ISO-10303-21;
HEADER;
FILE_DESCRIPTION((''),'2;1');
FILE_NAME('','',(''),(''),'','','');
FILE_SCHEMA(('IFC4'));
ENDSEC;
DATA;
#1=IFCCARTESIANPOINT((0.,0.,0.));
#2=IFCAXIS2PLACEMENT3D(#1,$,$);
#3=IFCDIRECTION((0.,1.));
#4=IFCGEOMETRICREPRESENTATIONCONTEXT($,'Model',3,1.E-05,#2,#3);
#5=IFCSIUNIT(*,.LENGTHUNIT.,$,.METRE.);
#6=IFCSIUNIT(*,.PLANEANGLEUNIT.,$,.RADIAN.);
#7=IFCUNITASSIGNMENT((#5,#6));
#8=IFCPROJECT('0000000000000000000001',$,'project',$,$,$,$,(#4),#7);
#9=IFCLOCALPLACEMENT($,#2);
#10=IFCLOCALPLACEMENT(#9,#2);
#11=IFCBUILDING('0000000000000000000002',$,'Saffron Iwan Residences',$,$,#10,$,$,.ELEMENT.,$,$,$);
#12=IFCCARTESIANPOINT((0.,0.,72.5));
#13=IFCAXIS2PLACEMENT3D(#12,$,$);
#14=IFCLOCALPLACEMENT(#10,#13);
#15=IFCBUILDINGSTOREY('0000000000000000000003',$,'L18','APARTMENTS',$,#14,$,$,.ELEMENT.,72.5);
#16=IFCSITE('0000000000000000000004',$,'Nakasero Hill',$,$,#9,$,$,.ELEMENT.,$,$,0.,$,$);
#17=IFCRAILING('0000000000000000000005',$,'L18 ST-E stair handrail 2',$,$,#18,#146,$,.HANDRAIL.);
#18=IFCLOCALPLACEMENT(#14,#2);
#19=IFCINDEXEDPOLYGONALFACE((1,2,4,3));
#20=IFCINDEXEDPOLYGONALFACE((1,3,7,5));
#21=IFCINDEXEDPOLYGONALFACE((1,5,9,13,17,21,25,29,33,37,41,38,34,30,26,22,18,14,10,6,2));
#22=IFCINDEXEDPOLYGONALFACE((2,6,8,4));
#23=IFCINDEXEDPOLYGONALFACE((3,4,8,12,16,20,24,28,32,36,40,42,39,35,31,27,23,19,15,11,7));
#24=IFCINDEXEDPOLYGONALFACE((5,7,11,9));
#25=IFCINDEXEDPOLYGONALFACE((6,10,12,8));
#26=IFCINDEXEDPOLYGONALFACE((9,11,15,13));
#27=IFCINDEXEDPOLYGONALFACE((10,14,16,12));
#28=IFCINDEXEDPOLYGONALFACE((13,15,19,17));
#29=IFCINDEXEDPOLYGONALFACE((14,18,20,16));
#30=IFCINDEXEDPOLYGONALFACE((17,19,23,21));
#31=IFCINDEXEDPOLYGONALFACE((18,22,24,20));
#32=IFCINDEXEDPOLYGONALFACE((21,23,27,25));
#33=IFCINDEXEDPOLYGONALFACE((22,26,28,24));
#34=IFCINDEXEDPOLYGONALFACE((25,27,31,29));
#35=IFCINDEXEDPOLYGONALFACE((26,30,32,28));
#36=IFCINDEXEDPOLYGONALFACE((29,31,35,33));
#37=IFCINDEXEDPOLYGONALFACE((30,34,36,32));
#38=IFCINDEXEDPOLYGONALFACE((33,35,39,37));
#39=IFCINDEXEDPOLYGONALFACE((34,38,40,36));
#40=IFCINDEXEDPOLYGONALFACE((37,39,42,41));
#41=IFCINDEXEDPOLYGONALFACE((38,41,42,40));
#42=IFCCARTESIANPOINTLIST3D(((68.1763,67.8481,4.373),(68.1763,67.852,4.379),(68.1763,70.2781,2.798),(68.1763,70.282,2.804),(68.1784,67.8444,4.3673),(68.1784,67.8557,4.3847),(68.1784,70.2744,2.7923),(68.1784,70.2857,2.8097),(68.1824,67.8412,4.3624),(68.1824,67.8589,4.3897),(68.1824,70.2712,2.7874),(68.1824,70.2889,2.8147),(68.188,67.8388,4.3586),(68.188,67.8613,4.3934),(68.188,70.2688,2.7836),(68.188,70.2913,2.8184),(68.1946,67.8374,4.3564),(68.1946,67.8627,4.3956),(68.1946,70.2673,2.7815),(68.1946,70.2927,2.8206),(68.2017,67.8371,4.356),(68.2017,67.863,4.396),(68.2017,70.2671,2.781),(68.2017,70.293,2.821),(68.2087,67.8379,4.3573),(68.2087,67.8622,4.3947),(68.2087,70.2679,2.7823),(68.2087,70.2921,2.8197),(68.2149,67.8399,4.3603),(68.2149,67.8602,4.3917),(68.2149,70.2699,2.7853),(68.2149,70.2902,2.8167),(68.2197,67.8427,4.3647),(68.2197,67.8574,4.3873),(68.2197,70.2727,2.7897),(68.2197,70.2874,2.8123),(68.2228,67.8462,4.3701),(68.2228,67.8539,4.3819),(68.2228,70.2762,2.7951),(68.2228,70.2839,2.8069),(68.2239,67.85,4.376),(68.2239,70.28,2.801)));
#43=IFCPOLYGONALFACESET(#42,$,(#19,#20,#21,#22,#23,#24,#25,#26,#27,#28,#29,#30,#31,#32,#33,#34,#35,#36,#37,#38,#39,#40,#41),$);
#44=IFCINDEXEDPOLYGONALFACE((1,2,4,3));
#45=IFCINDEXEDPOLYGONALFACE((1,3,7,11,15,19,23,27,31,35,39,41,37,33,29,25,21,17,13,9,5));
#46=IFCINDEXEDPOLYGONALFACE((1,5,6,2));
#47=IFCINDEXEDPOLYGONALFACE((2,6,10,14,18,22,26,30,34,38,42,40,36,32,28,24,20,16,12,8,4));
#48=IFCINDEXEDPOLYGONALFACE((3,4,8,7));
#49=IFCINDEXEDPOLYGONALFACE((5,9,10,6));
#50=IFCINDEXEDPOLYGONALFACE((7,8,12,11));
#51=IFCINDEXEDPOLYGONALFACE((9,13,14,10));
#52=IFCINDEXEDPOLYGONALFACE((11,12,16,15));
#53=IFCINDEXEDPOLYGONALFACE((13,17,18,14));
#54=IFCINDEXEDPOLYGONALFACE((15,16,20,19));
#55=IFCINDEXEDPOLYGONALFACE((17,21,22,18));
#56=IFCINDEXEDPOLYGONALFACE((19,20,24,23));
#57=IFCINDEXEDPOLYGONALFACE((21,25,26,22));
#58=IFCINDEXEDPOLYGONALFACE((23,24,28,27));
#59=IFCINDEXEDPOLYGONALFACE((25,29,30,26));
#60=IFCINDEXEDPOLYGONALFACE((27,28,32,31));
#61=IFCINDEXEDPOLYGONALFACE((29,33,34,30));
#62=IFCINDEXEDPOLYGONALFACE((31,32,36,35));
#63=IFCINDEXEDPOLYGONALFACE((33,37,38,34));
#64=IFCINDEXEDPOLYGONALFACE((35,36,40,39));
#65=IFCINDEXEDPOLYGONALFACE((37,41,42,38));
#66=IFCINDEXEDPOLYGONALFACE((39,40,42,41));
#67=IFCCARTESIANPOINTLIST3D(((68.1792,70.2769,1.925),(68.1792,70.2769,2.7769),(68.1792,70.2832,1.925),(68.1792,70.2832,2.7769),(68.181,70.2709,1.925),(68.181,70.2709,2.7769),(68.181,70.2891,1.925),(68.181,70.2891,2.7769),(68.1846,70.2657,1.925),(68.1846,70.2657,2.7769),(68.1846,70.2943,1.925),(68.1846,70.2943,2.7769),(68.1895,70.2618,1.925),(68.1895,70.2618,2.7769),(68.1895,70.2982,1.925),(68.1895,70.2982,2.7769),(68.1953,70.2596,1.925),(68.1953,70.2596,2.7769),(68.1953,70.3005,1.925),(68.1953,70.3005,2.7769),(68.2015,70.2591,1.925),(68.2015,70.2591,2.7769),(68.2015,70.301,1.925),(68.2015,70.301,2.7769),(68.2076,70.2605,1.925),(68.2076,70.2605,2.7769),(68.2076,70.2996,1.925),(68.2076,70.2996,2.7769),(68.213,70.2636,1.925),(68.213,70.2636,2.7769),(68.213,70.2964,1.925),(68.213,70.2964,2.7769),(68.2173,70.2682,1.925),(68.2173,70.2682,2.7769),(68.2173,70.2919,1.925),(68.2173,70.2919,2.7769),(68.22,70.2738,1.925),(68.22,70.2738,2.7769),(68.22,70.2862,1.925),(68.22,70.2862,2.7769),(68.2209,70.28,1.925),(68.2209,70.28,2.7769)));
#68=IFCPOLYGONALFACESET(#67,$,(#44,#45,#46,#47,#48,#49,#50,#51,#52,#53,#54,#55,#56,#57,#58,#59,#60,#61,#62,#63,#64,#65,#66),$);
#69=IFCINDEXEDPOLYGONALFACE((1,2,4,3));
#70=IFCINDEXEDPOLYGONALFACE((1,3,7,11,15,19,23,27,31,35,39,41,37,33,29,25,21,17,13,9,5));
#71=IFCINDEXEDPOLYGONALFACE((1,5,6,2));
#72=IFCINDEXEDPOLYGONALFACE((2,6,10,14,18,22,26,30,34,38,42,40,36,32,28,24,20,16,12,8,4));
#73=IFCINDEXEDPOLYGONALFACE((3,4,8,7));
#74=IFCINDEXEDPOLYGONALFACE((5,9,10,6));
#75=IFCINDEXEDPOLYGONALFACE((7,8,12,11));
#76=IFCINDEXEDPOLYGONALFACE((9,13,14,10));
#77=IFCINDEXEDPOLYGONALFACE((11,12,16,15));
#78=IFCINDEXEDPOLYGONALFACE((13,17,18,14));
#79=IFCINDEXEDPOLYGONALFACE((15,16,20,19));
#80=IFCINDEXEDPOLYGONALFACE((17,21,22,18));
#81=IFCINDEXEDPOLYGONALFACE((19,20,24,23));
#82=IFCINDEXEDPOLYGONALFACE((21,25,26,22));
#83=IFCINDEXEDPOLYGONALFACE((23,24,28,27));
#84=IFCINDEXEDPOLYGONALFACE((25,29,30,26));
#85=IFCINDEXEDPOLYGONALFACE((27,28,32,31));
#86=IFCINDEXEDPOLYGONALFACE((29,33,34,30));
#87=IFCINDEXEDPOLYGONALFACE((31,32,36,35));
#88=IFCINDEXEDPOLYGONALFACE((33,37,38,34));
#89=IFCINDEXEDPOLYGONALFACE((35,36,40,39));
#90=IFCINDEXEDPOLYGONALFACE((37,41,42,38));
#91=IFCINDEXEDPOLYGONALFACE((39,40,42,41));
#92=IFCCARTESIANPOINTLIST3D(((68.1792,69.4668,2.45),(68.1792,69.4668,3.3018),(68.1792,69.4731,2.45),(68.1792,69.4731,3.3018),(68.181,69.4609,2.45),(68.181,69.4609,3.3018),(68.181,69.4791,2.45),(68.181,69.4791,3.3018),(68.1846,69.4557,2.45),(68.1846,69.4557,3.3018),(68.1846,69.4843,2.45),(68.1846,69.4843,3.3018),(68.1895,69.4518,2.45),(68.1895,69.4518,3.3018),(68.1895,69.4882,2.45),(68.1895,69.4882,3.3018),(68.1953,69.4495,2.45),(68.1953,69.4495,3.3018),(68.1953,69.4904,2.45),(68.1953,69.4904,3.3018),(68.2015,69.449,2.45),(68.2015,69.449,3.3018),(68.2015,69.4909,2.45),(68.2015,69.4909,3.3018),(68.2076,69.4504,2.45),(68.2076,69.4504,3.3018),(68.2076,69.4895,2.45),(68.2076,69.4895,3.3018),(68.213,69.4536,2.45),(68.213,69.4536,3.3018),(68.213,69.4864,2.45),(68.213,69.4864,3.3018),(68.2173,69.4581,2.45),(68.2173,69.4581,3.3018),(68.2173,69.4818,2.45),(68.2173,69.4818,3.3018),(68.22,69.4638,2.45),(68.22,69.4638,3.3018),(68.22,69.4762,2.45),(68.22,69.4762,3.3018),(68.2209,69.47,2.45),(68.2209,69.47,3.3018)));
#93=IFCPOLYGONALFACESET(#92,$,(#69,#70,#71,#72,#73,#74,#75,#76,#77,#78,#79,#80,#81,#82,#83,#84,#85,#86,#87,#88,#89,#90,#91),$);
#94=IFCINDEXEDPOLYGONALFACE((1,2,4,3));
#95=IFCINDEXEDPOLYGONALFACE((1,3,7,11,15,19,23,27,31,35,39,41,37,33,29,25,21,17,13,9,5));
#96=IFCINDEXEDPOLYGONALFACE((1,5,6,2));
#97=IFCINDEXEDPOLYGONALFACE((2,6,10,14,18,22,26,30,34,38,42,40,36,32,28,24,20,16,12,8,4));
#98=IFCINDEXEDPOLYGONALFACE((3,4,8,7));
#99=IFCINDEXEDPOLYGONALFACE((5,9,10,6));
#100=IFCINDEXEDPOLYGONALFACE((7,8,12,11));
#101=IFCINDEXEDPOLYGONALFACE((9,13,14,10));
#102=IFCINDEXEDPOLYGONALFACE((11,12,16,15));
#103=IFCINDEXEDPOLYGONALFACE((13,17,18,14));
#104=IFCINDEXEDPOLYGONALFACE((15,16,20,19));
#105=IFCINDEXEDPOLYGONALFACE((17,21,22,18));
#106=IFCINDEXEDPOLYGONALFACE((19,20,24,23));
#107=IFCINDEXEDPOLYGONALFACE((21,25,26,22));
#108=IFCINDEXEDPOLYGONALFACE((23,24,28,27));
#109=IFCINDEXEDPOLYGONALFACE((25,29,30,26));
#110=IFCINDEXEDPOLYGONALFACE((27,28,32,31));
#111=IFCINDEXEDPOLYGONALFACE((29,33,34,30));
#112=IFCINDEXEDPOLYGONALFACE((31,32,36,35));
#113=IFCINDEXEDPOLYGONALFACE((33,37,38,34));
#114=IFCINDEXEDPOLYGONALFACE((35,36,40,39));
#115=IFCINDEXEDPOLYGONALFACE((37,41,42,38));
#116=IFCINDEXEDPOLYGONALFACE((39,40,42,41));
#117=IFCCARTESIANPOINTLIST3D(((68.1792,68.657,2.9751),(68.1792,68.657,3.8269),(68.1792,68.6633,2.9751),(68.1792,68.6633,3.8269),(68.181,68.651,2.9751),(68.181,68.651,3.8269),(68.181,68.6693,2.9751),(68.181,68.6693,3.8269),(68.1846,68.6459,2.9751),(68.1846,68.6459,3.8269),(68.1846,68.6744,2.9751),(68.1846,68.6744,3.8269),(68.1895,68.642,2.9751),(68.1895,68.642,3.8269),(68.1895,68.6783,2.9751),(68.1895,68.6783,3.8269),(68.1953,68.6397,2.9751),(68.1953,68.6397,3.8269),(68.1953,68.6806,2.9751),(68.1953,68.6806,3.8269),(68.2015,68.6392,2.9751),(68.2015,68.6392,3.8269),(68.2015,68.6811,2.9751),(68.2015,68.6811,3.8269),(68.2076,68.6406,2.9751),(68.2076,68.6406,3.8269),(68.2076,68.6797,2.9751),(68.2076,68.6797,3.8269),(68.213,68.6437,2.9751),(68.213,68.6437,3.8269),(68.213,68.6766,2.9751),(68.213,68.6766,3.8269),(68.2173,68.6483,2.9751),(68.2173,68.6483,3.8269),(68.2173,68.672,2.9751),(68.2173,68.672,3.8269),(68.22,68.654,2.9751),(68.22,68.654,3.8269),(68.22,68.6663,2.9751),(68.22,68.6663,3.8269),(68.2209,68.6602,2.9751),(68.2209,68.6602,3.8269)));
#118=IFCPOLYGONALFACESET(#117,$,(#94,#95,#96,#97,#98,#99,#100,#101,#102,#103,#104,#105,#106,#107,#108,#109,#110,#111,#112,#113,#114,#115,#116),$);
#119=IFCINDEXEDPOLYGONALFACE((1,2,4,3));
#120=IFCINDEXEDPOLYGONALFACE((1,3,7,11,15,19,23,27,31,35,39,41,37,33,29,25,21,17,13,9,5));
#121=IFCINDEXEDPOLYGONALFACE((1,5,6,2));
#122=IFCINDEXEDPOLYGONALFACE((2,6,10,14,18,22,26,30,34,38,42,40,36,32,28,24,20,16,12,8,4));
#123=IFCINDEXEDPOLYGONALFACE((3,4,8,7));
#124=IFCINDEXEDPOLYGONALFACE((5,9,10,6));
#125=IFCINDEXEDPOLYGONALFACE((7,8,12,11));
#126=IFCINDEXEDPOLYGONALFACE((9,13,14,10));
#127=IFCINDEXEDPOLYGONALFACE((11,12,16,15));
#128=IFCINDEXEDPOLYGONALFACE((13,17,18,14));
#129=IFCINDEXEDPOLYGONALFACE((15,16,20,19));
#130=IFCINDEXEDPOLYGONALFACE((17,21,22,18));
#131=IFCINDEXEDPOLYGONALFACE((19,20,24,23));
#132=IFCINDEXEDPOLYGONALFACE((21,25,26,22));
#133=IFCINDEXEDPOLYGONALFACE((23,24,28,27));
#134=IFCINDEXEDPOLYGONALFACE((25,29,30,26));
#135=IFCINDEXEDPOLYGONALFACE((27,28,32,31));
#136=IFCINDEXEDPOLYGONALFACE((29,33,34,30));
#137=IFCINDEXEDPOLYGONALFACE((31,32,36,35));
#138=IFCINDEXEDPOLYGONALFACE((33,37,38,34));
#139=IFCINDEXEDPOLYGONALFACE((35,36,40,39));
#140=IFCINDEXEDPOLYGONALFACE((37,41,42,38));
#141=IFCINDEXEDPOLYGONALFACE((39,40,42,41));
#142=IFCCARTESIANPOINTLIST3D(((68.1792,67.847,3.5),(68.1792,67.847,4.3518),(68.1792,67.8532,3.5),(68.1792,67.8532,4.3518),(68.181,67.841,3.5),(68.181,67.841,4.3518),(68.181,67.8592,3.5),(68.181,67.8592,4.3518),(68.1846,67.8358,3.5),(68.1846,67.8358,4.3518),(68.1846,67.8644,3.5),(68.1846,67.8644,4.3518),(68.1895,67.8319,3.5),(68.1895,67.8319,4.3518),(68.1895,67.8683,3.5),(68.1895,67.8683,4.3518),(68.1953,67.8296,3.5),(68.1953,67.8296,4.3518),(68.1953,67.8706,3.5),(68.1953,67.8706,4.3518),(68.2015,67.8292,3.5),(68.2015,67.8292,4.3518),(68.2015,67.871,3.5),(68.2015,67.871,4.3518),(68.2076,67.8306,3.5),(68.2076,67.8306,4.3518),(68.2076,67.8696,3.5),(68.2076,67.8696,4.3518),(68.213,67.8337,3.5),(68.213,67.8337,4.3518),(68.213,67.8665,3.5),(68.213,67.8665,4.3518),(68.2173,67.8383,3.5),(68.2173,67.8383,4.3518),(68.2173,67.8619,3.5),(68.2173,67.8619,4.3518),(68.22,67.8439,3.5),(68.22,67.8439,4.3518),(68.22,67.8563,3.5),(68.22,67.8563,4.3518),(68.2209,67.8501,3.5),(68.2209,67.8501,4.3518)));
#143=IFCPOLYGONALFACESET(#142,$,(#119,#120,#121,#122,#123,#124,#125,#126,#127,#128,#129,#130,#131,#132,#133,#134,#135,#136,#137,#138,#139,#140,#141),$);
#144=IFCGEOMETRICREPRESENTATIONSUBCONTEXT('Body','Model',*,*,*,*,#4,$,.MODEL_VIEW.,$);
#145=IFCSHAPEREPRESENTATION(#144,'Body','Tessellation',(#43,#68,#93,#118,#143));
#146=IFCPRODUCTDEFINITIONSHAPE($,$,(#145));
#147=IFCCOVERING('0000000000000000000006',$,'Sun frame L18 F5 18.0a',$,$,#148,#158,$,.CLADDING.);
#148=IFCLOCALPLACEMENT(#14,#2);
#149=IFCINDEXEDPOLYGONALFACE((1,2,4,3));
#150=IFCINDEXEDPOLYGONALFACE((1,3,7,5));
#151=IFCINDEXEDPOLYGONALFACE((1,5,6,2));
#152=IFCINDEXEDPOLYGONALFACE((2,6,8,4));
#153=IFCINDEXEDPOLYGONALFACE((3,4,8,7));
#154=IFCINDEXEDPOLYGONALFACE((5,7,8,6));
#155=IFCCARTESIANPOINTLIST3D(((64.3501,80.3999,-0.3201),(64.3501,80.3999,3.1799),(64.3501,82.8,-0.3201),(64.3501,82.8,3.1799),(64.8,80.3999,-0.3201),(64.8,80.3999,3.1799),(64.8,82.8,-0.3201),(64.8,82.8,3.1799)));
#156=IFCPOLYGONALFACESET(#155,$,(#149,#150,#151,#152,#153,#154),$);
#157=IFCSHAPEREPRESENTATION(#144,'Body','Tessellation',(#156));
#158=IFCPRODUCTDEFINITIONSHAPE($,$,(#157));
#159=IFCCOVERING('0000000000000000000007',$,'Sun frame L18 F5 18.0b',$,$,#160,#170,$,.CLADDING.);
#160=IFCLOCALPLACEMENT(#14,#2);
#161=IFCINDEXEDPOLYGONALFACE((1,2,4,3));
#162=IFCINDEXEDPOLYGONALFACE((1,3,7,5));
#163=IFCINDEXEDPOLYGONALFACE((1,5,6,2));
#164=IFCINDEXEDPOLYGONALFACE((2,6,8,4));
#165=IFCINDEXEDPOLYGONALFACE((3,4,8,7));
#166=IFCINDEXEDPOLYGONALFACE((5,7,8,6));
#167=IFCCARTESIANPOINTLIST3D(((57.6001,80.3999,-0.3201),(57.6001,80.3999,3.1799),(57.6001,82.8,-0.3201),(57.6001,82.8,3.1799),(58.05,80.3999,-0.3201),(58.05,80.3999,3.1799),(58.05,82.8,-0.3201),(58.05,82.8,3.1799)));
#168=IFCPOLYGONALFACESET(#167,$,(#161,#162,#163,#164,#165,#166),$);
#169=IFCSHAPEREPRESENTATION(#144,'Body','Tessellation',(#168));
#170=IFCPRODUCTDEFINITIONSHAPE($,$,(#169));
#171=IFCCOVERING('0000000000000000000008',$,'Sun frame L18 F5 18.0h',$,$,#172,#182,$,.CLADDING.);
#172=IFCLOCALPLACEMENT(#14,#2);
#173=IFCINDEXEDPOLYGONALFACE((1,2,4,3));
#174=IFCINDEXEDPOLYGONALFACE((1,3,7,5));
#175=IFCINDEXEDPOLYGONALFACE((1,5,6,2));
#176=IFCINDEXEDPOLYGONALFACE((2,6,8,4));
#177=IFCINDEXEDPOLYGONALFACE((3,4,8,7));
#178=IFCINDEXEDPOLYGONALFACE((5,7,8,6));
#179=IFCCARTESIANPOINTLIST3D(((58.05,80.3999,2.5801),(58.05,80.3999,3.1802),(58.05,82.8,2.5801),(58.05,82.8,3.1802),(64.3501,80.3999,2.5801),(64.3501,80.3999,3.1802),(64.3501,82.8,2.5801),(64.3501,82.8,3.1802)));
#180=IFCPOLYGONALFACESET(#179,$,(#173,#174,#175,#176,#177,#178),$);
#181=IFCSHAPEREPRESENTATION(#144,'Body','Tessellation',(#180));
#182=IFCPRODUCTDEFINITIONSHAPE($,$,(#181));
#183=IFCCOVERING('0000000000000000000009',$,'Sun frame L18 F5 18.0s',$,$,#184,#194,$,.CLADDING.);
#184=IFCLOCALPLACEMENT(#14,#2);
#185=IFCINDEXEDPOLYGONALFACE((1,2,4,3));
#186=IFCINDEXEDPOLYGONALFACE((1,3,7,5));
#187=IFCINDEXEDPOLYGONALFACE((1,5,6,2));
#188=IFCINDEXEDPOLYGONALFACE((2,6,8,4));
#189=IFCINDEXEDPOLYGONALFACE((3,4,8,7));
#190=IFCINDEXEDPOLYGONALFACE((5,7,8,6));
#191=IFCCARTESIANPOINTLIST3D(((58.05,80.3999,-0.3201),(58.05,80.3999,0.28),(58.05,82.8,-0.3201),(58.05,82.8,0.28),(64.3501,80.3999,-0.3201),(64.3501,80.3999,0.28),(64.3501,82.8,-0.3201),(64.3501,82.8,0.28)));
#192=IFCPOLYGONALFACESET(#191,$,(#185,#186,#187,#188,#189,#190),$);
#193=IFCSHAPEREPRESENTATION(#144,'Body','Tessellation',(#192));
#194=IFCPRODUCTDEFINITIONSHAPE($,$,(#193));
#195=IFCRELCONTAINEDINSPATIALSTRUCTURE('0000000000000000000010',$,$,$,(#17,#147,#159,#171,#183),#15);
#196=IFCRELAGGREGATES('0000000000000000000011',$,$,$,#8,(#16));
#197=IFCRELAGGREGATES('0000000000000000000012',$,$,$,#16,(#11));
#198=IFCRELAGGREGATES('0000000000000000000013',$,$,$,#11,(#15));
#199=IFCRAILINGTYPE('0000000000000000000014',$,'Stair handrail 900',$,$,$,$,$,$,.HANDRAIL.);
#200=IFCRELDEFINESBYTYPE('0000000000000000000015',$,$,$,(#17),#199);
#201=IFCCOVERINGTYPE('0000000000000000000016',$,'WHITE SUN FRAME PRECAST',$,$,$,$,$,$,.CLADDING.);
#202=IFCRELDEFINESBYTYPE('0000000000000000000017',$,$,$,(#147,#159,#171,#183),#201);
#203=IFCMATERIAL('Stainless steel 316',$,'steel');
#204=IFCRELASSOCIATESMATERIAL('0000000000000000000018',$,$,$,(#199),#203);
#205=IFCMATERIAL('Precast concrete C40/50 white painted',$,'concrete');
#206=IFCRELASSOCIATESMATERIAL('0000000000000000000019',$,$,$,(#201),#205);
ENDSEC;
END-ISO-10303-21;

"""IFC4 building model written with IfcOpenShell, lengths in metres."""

from ifc_helpers import new_model, si_unit, direction, frame, origin, origin_2d, place, context, subcontext, project, spatial, polyline, circle, outline, extrude, material, type_object, element, save


model = new_model("IFC4")

# Units and contexts
model_context = context("Model", 3, precision=1e-05, world=origin(), true_north=direction((0.0, 1.0)))
body_context = subcontext(model_context, "Body", "Model", "MODEL_VIEW")
ifc_project = project(units=[si_unit("LENGTHUNIT", "METRE"), si_unit("PLANEANGLEUNIT", "RADIAN")], contexts=[model_context])

# Site, building, storey
site_placement = place(None, origin())
site = spatial("IfcSite", under=ifc_project, at=site_placement, Name="Nakasero Hill", CompositionType="ELEMENT", RefElevation=0.0)
building_placement = place(site_placement, origin())
building = spatial("IfcBuilding", under=site, at=building_placement, Name="Saffron Iwan Residences", CompositionType="ELEMENT")
storey_placement = place(building_placement, frame((0.0, 0.0, 72.5)))
storey = spatial("IfcBuildingStorey", under=building, at=storey_placement, Name="L18", Description="APARTMENTS", CompositionType="ELEMENT", Elevation=72.5)

# Railing
ifc_material_1 = material(Name="Stainless steel 316", Category="steel")
railing_type_1 = type_object("IfcRailingType", Name="Stair handrail 900", PredefinedType="HANDRAIL", material=ifc_material_1)
railing_1_placement = place(storey_placement, frame((68.2, 70.28, 1.925)))
element("IfcRailing", 1, at=railing_1_placement, inside=storey, type_object=railing_type_1, Name="L18 ST-E stair handrail 2", PredefinedType="HANDRAIL", context=body_context, shape_type="SweptSolid", body=[
    extrude(circle(Radius=0.0239, at=origin_2d()), frame((0.0, 0.0, 0.876), z_axis=(0.0, -0.839154, 0.543894), x_axis=(1.0, 0.0, 0.0)), (0.0, 0.0, 1.0), 2.8958),
    extrude(circle(Radius=0.021, at=origin_2d()), origin(), (0.0, 0.0, 1.0), 0.8518),
    extrude(circle(Radius=0.021, at=origin_2d()), frame((0.0, -0.8101, 0.5249)), (0.0, 0.0, 1.0), 0.8518),
    extrude(circle(Radius=0.021, at=origin_2d()), frame((0.0, -1.6199, 1.05)), (0.0, 0.0, 1.0), 0.8518),
    extrude(circle(Radius=0.021, at=origin_2d()), frame((0.0, -2.4299, 1.575)), (0.0, 0.0, 1.0), 0.8518),
])

# Coverings
ifc_material_2 = material(Name="Precast concrete C40/50 white painted", Category="concrete")
covering_type_1 = type_object("IfcCoveringType", Name="WHITE SUN FRAME PRECAST", PredefinedType="CLADDING", material=ifc_material_2)
for number, where, z_axis, x_axis, name in (
    (2, (64.8, 80.3999, -0.3201), (0.0, 1.0, 0.0), (-1.0, 0.0, 0.0), "Sun frame L18 F5 18.0a"),
    (3, (58.05, 80.3999, -0.3201), (0.0, 1.0, 0.0), (-1.0, 0.0, 0.0), "Sun frame L18 F5 18.0b"),
):
    element("IfcCovering", number, at=place(storey_placement, frame(where, z_axis=z_axis, x_axis=x_axis)), inside=storey, type_object=covering_type_1, Name=name, PredefinedType="CLADDING", context=body_context, shape_type="SweptSolid", body=[
        extrude(outline(polyline([(0.0, 0.0), (0.45, 0.0), (0.45, 3.5), (0.0, 3.5), (0.0, 0.0)])), origin(), (0.0, 0.0, 1.0), 2.4001),
    ])
for number, where, z_axis, x_axis, name in (
    (4, (64.3501, 80.3999, 2.5801), (0.0, 1.0, 0.0), (-1.0, 0.0, 0.0), "Sun frame L18 F5 18.0h"),
    (5, (64.3501, 80.3999, -0.3201), (0.0, 1.0, 0.0), (-1.0, 0.0, 0.0), "Sun frame L18 F5 18.0s"),
):
    element("IfcCovering", number, at=place(storey_placement, frame(where, z_axis=z_axis, x_axis=x_axis)), inside=storey, type_object=covering_type_1, Name=name, PredefinedType="CLADDING", context=body_context, shape_type="SweptSolid", body=[
        extrude(outline(polyline([(0.0, 0.0), (6.3, 0.0), (6.3, 0.6001), (0.0, 0.6001), (0.0, 0.0)])), origin(), (0.0, 0.0, 1.0), 2.4001),
    ])

save(model, "model.ifc")
